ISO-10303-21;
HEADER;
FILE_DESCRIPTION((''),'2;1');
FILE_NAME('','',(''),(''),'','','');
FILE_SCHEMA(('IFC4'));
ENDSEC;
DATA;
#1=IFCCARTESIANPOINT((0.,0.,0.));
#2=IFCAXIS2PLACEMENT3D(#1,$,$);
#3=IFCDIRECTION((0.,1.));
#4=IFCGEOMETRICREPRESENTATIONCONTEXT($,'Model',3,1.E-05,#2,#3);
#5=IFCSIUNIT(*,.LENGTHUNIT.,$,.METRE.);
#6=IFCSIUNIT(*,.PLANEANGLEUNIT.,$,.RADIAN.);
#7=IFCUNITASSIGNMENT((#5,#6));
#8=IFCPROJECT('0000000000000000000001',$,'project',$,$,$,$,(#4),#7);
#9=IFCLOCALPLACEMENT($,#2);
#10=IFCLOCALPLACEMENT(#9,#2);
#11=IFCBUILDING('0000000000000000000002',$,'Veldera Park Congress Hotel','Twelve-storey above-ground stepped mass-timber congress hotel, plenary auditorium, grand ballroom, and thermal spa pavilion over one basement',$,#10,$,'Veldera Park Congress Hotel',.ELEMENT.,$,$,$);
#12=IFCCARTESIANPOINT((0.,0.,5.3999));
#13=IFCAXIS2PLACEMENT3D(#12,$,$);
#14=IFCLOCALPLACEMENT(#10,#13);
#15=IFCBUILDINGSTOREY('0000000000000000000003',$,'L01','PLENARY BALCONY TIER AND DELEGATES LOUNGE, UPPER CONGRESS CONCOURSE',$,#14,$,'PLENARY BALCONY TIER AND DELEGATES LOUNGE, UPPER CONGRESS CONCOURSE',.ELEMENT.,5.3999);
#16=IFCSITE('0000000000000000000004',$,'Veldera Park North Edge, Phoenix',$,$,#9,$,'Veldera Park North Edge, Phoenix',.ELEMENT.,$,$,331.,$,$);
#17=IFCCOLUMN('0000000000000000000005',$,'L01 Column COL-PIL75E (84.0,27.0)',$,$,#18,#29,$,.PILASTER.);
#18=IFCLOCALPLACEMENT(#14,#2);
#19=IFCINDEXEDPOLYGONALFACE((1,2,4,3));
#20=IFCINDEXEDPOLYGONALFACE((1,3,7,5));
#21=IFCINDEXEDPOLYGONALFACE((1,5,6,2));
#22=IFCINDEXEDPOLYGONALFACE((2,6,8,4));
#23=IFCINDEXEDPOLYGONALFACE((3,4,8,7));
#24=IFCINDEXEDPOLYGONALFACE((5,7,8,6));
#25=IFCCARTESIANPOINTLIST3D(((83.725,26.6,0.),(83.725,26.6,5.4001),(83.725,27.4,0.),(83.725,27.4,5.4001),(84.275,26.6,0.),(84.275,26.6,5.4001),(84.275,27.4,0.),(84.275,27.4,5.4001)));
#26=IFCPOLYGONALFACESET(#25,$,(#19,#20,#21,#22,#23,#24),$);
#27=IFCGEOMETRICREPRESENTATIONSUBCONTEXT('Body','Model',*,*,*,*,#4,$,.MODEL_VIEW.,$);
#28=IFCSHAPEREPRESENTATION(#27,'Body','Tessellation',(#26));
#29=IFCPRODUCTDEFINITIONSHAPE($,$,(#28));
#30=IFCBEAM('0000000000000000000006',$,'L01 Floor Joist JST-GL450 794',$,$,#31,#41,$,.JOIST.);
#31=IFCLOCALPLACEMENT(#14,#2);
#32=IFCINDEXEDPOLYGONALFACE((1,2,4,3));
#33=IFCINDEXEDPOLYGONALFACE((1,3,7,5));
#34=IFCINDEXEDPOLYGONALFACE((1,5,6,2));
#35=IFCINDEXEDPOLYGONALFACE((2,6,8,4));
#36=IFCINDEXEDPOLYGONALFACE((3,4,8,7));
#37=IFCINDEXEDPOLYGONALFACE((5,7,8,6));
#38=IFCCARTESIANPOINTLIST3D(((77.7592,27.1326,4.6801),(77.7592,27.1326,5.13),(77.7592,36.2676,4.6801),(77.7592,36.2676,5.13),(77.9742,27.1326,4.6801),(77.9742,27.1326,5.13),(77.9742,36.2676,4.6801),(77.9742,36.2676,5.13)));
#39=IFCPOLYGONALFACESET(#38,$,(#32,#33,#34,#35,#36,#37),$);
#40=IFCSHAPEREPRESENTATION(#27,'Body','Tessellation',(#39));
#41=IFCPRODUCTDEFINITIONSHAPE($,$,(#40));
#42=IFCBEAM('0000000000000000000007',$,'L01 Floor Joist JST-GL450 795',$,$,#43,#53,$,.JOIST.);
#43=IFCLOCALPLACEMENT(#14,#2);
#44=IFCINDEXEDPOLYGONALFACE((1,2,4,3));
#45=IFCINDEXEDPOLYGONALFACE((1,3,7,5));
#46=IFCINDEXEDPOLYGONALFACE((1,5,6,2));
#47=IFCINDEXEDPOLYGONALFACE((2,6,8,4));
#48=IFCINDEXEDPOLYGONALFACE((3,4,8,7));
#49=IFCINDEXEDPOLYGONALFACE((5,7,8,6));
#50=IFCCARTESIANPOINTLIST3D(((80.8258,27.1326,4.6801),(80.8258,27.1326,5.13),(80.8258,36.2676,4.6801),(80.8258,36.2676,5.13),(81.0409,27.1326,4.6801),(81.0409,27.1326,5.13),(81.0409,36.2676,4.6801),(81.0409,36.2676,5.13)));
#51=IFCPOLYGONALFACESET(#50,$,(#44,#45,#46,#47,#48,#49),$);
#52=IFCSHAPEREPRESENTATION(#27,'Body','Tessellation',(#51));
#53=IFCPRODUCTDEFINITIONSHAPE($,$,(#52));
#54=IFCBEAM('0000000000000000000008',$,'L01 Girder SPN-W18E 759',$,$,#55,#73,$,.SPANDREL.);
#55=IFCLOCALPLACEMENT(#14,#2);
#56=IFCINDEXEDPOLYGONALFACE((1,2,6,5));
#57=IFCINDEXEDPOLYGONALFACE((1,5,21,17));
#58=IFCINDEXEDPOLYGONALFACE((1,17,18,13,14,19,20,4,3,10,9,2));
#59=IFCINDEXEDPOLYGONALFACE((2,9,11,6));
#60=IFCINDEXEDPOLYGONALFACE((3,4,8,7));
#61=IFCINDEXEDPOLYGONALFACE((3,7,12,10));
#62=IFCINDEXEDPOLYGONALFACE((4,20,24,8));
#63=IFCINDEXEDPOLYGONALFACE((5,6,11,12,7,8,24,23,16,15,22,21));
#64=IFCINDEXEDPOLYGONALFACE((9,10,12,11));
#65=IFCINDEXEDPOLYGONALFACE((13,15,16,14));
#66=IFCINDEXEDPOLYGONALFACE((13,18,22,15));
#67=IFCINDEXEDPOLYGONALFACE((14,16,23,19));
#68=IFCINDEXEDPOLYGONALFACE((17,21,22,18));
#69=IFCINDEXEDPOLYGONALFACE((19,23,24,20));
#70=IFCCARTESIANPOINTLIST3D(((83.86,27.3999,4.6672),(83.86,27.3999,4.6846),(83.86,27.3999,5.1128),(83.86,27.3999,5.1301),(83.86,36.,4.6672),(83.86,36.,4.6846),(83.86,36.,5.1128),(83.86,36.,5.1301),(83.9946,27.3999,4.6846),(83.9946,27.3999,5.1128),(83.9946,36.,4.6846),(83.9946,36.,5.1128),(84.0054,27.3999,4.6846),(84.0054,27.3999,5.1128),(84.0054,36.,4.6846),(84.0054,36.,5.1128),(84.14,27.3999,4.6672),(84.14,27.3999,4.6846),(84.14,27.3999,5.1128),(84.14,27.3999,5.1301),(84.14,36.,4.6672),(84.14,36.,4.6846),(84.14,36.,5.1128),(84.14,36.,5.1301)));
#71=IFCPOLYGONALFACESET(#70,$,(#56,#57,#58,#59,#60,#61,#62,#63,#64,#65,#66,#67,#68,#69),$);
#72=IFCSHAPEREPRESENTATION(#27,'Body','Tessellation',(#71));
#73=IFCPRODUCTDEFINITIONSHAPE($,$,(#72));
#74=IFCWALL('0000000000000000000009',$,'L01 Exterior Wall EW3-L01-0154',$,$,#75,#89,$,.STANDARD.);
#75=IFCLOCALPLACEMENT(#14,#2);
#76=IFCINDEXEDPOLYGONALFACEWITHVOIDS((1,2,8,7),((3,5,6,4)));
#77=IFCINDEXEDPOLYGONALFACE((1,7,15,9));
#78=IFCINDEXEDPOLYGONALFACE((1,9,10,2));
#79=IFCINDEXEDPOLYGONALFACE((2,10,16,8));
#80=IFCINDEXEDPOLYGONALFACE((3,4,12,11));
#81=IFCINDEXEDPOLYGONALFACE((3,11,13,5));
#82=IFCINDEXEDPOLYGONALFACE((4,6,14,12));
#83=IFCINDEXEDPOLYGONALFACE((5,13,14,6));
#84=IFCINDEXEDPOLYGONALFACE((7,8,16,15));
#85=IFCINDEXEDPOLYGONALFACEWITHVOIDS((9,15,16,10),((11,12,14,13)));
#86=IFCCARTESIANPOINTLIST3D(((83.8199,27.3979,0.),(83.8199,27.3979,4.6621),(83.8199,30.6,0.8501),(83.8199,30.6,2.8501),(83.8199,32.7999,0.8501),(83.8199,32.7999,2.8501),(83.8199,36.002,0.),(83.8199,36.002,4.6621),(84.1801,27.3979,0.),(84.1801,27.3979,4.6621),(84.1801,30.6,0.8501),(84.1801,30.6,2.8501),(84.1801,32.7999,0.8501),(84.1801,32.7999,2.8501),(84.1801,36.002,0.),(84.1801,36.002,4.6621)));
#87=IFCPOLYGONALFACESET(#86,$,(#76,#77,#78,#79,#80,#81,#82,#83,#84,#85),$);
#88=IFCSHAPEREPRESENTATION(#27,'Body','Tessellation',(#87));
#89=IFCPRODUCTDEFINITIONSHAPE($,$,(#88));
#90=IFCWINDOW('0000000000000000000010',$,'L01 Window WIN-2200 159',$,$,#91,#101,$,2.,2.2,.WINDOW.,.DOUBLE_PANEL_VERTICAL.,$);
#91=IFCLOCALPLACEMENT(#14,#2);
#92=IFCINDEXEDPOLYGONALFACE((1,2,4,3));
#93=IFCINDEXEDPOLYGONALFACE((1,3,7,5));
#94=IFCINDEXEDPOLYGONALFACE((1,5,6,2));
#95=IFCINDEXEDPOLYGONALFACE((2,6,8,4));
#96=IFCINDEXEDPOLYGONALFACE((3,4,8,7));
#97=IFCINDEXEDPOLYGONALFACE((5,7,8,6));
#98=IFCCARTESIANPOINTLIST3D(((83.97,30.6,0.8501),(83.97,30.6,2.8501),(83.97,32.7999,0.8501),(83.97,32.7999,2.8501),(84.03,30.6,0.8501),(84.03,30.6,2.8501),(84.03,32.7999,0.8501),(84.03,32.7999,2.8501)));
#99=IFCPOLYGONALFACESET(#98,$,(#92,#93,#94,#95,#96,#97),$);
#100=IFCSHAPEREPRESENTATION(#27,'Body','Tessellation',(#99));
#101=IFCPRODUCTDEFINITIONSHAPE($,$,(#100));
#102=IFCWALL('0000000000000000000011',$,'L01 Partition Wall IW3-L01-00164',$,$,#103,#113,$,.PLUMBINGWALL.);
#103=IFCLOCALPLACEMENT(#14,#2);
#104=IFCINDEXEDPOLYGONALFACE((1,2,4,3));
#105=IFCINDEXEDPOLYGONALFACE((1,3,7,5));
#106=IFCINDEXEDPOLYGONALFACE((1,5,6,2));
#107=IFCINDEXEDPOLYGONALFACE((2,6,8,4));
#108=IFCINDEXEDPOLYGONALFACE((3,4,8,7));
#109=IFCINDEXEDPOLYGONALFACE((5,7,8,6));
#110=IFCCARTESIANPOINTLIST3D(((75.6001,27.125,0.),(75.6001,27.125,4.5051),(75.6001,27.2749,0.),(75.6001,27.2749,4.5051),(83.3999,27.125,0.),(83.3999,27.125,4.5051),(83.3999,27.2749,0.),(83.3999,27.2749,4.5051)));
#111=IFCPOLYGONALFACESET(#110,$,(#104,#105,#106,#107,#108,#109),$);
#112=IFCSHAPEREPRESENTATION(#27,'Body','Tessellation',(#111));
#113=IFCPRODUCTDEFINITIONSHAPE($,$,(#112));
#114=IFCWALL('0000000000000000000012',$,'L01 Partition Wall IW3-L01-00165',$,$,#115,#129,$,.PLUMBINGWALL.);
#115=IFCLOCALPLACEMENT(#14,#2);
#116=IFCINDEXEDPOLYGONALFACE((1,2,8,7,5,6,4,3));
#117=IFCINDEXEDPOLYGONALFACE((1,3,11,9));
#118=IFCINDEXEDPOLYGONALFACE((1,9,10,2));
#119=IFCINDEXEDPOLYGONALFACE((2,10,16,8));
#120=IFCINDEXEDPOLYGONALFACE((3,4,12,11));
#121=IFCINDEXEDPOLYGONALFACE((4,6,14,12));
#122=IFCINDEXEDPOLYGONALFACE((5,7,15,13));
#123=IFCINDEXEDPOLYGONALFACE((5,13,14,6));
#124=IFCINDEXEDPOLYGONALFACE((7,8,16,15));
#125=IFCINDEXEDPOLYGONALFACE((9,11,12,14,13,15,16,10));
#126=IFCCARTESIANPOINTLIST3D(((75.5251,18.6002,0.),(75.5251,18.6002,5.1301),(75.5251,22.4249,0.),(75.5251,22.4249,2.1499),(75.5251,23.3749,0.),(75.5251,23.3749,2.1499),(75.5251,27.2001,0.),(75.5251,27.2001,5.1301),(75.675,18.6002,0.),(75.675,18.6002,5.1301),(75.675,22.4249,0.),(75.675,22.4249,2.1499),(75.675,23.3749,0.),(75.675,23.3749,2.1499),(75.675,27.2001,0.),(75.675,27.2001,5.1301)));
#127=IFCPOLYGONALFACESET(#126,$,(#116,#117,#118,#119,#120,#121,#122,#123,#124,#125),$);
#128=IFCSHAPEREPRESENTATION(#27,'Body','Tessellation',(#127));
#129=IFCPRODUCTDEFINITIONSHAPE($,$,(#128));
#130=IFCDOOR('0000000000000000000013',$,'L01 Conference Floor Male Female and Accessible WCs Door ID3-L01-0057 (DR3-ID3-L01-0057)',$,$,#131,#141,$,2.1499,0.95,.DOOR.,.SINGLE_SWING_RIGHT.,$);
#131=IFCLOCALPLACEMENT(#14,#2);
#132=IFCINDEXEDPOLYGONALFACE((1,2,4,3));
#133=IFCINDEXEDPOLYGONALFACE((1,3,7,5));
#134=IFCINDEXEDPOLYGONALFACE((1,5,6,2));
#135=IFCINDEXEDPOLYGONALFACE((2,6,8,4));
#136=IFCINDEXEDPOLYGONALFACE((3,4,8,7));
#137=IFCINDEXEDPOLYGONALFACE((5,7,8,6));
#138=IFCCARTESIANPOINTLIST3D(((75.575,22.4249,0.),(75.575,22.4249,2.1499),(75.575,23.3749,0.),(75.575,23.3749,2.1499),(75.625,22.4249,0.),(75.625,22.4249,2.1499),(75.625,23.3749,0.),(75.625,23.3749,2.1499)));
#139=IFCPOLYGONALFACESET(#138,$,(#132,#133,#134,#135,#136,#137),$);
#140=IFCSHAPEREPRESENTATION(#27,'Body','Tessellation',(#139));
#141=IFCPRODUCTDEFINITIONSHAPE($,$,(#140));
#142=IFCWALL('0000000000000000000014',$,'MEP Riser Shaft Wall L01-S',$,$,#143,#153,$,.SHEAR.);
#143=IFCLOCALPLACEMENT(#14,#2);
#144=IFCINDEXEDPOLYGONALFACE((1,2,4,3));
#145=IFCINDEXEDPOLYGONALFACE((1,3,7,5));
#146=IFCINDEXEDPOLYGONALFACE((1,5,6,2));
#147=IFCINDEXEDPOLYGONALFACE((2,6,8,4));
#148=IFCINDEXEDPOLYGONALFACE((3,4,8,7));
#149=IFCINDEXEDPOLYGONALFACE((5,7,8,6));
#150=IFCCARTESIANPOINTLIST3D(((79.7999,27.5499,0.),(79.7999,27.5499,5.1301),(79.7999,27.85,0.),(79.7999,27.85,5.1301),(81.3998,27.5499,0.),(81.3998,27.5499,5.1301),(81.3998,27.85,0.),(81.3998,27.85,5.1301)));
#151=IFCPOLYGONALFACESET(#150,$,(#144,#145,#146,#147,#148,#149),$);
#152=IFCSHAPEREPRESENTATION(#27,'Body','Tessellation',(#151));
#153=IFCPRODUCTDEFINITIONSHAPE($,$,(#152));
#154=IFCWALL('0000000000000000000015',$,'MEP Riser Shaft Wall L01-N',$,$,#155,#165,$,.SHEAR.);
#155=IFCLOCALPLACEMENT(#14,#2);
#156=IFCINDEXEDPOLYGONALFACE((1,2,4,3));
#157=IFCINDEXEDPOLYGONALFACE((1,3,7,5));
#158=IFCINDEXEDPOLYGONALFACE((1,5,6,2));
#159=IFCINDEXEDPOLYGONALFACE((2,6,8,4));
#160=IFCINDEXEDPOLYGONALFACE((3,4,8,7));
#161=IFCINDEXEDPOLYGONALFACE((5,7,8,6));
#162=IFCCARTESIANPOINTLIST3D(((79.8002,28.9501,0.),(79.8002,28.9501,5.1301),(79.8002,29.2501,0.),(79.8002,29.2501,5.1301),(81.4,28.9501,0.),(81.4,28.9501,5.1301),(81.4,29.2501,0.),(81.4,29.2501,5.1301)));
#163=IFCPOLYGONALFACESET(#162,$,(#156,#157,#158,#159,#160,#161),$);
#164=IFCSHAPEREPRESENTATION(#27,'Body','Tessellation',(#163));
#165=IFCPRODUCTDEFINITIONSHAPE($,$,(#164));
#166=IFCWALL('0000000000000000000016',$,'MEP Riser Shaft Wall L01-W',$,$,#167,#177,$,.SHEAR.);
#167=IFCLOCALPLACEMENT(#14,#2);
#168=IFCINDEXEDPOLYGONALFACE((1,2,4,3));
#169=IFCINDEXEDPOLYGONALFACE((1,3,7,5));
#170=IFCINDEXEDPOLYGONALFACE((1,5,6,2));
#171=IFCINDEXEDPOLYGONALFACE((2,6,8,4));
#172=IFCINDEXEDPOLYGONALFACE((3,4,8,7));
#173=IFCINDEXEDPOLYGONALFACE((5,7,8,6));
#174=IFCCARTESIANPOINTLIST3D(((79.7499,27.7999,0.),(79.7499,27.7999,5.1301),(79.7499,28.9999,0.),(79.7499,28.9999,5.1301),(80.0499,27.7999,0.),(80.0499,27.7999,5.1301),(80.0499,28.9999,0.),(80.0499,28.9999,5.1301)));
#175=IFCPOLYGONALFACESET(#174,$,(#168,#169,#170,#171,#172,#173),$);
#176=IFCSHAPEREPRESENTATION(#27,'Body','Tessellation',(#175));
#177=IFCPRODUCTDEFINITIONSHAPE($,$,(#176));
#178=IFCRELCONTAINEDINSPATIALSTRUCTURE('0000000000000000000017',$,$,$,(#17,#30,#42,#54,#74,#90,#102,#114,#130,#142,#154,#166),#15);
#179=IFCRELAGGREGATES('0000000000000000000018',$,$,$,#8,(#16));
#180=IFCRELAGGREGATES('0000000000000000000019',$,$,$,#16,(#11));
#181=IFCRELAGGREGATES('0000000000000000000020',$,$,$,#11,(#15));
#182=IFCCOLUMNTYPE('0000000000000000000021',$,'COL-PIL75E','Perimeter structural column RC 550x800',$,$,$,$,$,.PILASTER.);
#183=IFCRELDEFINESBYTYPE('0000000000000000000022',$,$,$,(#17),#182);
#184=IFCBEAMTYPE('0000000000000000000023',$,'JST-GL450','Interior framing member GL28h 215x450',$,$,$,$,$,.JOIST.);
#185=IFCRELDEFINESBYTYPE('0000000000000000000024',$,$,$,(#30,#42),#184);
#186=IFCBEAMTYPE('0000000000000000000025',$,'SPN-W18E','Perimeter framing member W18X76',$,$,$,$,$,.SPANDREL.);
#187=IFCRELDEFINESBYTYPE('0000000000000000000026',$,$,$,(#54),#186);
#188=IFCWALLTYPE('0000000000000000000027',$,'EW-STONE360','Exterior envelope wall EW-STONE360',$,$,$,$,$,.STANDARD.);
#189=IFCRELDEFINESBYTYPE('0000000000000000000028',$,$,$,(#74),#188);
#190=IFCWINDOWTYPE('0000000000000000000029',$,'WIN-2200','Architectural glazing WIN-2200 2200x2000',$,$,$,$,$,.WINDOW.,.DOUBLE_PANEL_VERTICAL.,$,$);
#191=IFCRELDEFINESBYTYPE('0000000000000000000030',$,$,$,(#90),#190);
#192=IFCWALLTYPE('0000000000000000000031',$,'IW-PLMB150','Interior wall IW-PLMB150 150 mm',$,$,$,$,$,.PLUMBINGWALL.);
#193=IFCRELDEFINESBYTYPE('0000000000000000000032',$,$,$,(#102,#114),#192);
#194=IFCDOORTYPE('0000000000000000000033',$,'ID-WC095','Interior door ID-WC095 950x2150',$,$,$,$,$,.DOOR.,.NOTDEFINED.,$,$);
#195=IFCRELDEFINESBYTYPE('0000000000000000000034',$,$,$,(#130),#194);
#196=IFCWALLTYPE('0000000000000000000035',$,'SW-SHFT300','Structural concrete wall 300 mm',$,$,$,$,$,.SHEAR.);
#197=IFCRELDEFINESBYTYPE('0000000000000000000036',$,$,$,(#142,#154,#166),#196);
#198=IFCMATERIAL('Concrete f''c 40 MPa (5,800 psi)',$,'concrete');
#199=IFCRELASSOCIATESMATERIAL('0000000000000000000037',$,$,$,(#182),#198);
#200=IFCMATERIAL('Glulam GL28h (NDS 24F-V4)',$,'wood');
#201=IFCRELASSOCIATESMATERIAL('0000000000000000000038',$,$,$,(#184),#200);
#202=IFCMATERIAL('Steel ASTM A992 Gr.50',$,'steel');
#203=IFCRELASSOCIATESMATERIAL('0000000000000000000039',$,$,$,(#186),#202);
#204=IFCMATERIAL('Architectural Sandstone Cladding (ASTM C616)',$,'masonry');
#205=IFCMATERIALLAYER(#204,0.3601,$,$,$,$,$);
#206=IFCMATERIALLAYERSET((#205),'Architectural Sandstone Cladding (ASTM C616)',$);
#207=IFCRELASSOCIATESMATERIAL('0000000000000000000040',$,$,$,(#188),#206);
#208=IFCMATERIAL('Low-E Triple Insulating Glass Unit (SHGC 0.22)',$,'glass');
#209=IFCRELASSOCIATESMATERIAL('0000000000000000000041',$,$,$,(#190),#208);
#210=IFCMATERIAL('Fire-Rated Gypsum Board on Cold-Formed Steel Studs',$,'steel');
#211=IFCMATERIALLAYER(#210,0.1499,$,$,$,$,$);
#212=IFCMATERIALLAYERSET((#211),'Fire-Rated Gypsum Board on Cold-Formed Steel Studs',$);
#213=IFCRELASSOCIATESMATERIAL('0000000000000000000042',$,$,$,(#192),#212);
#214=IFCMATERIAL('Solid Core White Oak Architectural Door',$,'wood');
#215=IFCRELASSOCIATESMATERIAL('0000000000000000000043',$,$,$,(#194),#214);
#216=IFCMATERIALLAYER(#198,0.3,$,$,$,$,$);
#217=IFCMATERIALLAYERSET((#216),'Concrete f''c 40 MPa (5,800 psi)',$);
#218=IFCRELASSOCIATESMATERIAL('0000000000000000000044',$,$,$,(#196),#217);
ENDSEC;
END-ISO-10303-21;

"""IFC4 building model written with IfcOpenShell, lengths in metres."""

from ifc_helpers import new_model, si_unit, direction, frame, frame_2d, origin, origin_2d, place, context, subcontext, project, spatial, rectangle, i_section, extrude, material, layer, layer_set, material_profile, profile_set, type_object, element, fill, save


model = new_model("IFC4")

# Units and contexts
model_context = context("Model", 3, precision=1e-05, world=origin(), true_north=direction((0.0, 1.0)))
body_context = subcontext(model_context, "Body", "Model", "MODEL_VIEW")
ifc_project = project(units=[si_unit("LENGTHUNIT", "METRE"), si_unit("PLANEANGLEUNIT", "RADIAN")], contexts=[model_context])

# Site, building, storey
site_placement = place(None, origin())
site = spatial("IfcSite", under=ifc_project, at=site_placement, Name="Veldera Park North Edge, Phoenix", LongName="Veldera Park North Edge, Phoenix", CompositionType="ELEMENT", RefElevation=331.0)
building_placement = place(site_placement, origin())
building = spatial("IfcBuilding", under=site, at=building_placement, Name="Veldera Park Congress Hotel", Description="Twelve-storey above-ground stepped mass-timber congress hotel, plenary auditorium, grand ballroom, and thermal spa pavilion over one basement", LongName="Veldera Park Congress Hotel", CompositionType="ELEMENT")
storey_placement = place(building_placement, frame((0.0, 0.0, 5.3999)))
storey = spatial("IfcBuildingStorey", under=building, at=storey_placement, Name="L01", Description="PLENARY BALCONY TIER AND DELEGATES LOUNGE, UPPER CONGRESS CONCOURSE", LongName="PLENARY BALCONY TIER AND DELEGATES LOUNGE, UPPER CONGRESS CONCOURSE", CompositionType="ELEMENT", Elevation=5.3999)

# Column
ifc_material_1 = material(Name="Concrete f'c 40 MPa (5,800 psi)", Category="concrete")
ifc_material_profile_1 = material_profile(ifc_material_1, rectangle(XDim=0.55, YDim=0.8, at=origin_2d()), Name="RC 550x800")
ifc_profile_set_1 = profile_set([ifc_material_profile_1], Name="Concrete f'c 40 MPa (5,800 psi)")
column_type = type_object("IfcColumnType", Name="COL-PIL75E", Description="Perimeter structural column RC 550x800", PredefinedType="PILASTER", material=ifc_profile_set_1)
column_placement = place(storey_placement, frame((84.0, 27.0, 0.0), z_axis=(0.0, 0.0, 1.0), x_axis=(1.0, 0.0, 0.0)))
element("IfcColumn", 1, at=column_placement, inside=storey, type_object=column_type, Name="L01 Column COL-PIL75E (84.0,27.0)", PredefinedType="PILASTER", context=body_context, shape_type="SweptSolid", body=[
    extrude(rectangle(XDim=0.55, YDim=0.8, at=origin_2d()), origin(), (0.0, 0.0, 1.0), 5.4001),
])

# Beams
ifc_material_2 = material(Name="Glulam GL28h (NDS 24F-V4)", Category="wood")
ifc_material_profile_2 = material_profile(ifc_material_2, rectangle(XDim=0.2151, YDim=0.45, at=origin_2d()), Name="GL28h 215x450")
ifc_profile_set_2 = profile_set([ifc_material_profile_2], Name="Glulam GL28h (NDS 24F-V4)")
beam_type_1 = type_object("IfcBeamType", Name="JST-GL450", Description="Interior framing member GL28h 215x450", PredefinedType="JOIST", material=ifc_profile_set_2)
for number, where, z_axis, x_axis, name in (
    (2, (77.8667, 27.1326, 4.905), (0.0, 1.0, 0.0), (-1.0, 0.0, 0.0), "L01 Floor Joist JST-GL450 794"),
    (3, (80.9333, 27.1326, 4.905), (0.0, 1.0, 0.0), (-1.0, 0.0, 0.0), "L01 Floor Joist JST-GL450 795"),
):
    element("IfcBeam", number, at=place(storey_placement, frame(where, z_axis=z_axis, x_axis=x_axis)), inside=storey, type_object=beam_type_1, Name=name, PredefinedType="JOIST", context=body_context, shape_type="SweptSolid", body=[
        extrude(rectangle(XDim=0.2151, YDim=0.45, at=origin_2d()), origin(), (0.0, 0.0, 1.0), 9.135),
    ])
ifc_material_3 = material(Name="Steel ASTM A992 Gr.50", Category="steel")
ifc_material_profile_3 = material_profile(ifc_material_3, i_section(OverallWidth=0.28, OverallDepth=0.4629, WebThickness=0.0107, FlangeThickness=0.0173, at=origin_2d()), Name="W18X76")
ifc_profile_set_3 = profile_set([ifc_material_profile_3], Name="Steel ASTM A992 Gr.50")
beam_type_2 = type_object("IfcBeamType", Name="SPN-W18E", Description="Perimeter framing member W18X76", PredefinedType="SPANDREL", material=ifc_profile_set_3)
beam_placement = place(storey_placement, frame((84.0, 27.3999, 4.8987), z_axis=(0.0, 1.0, 0.0), x_axis=(-1.0, 0.0, 0.0)))
element("IfcBeam", 4, at=beam_placement, inside=storey, type_object=beam_type_2, Name="L01 Girder SPN-W18E 759", PredefinedType="SPANDREL", context=body_context, shape_type="SweptSolid", body=[
    extrude(i_section(OverallWidth=0.28, OverallDepth=0.4629, WebThickness=0.0107, FlangeThickness=0.0173, at=origin_2d()), origin(), (0.0, 0.0, 1.0), 8.6001),
])

# Wall, opening, window
ifc_material_4 = material(Name="Architectural Sandstone Cladding (ASTM C616)", Category="masonry")
ifc_layer_1 = layer(ifc_material_4, 0.3601)
ifc_layer_set_1 = layer_set([ifc_layer_1], Name="Architectural Sandstone Cladding (ASTM C616)")
wall_type_1 = type_object("IfcWallType", Name="EW-STONE360", Description="Exterior envelope wall EW-STONE360", PredefinedType="STANDARD", material=ifc_layer_set_1)
wall_1_placement = place(storey_placement, frame((84.0, 27.3979, 0.0), z_axis=(0.0, 0.0, 1.0), x_axis=(0.0, 1.0, 0.0)))
wall_1 = element("IfcWall", 5, at=wall_1_placement, inside=storey, type_object=wall_type_1, Name="L01 Exterior Wall EW3-L01-0154", PredefinedType="STANDARD", context=body_context, shape_type="SweptSolid", body=[
    extrude(rectangle(XDim=8.604, YDim=0.3601, at=frame_2d((4.302, 0.0))), origin(), (0.0, 0.0, 1.0), 4.6621),
])
opening_1_placement = place(wall_1_placement, frame((3.2019, 0.0, 0.8501)))
opening_1 = element("IfcOpeningElement", 6, at=opening_1_placement, cuts=wall_1, PredefinedType="OPENING", context=body_context, shape_type="SweptSolid", body=[
    extrude(rectangle(XDim=2.2, YDim=2.0, at=frame_2d((1.1001, 1.0))), frame((0.0, 0.1921, 0.0), z_axis=(0.0, -1.0, 0.0), x_axis=(1.0, 0.0, 0.0)), (0.0, 0.0, 1.0), 0.384),
])
ifc_material_5 = material(Name="Low-E Triple Insulating Glass Unit (SHGC 0.22)", Category="glass")
window_type = type_object("IfcWindowType", Name="WIN-2200", Description="Architectural glazing WIN-2200 2200x2000", PartitioningType="DOUBLE_PANEL_VERTICAL", PredefinedType="WINDOW", material=ifc_material_5)
window_placement = place(opening_1_placement, origin())
window = element("IfcWindow", 7, at=window_placement, inside=storey, type_object=window_type, Name="L01 Window WIN-2200 159", OverallHeight=2.0, OverallWidth=2.2, PartitioningType="DOUBLE_PANEL_VERTICAL", PredefinedType="WINDOW", context=body_context, shape_type="SweptSolid", body=[
    extrude(rectangle(XDim=2.2, YDim=2.0, at=frame_2d((1.1001, 1.0))), frame((0.0, 0.03, 0.0), z_axis=(0.0, -1.0, 0.0), x_axis=(1.0, 0.0, 0.0)), (0.0, 0.0, 1.0), 0.0601),
])
fill(opening_1, window)

# Wall
ifc_material_6 = material(Name="Fire-Rated Gypsum Board on Cold-Formed Steel Studs", Category="steel")
ifc_layer_2 = layer(ifc_material_6, 0.1499)
ifc_layer_set_2 = layer_set([ifc_layer_2], Name="Fire-Rated Gypsum Board on Cold-Formed Steel Studs")
wall_type_2 = type_object("IfcWallType", Name="IW-PLMB150", Description="Interior wall IW-PLMB150 150 mm", PredefinedType="PLUMBINGWALL", material=ifc_layer_set_2)
wall_2_placement = place(storey_placement, frame((83.3999, 27.2, 0.0), z_axis=(0.0, 0.0, 1.0), x_axis=(-1.0, 0.0, 0.0)))
element("IfcWall", 8, at=wall_2_placement, inside=storey, type_object=wall_type_2, Name="L01 Partition Wall IW3-L01-00164", PredefinedType="PLUMBINGWALL", context=body_context, shape_type="SweptSolid", body=[
    extrude(rectangle(XDim=7.7998, YDim=0.1499, at=frame_2d((3.8999, 0.0))), origin(), (0.0, 0.0, 1.0), 4.5051),
])

# Wall, opening, door
wall_3_placement = place(storey_placement, frame((75.6001, 27.2, 0.0), z_axis=(0.0, 0.0, 1.0), x_axis=(0.0, -1.0, 0.0)))
wall_3 = element("IfcWall", 9, at=wall_3_placement, inside=storey, type_object=wall_type_2, Name="L01 Partition Wall IW3-L01-00165", PredefinedType="PLUMBINGWALL", context=body_context, shape_type="SweptSolid", body=[
    extrude(rectangle(XDim=8.5999, YDim=0.1499, at=frame_2d((4.2998, 0.0))), origin(), (0.0, 0.0, 1.0), 5.1301),
])
opening_2_placement = place(wall_3_placement, frame((3.825, 0.0, 0.0)))
opening_2 = element("IfcOpeningElement", 10, at=opening_2_placement, cuts=wall_3, PredefinedType="OPENING", context=body_context, shape_type="SweptSolid", body=[
    extrude(rectangle(XDim=0.95, YDim=2.1499, at=frame_2d((0.4751, 1.075))), frame((0.0, 0.0869, 0.0), z_axis=(0.0, -1.0, 0.0), x_axis=(1.0, 0.0, 0.0)), (0.0, 0.0, 1.0), 0.1738),
])
ifc_material_7 = material(Name="Solid Core White Oak Architectural Door", Category="wood")
door_type_1 = type_object("IfcDoorType", Name="ID-WC095", Description="Interior door ID-WC095 950x2150", OperationType="NOTDEFINED", PredefinedType="DOOR", material=ifc_material_7)
door_1_placement = place(opening_2_placement, origin())
door_1 = element("IfcDoor", 11, at=door_1_placement, inside=storey, type_object=door_type_1, Name="L01 Conference Floor Male Female and Accessible WCs Door ID3-L01-0057 (DR3-ID3-L01-0057)", OperationType="SINGLE_SWING_RIGHT", OverallHeight=2.1499, OverallWidth=0.95, PredefinedType="DOOR", context=body_context, shape_type="SweptSolid", body=[
    extrude(rectangle(XDim=0.95, YDim=2.1499, at=frame_2d((0.4751, 1.075))), frame((0.0, 0.0249, 0.0), z_axis=(0.0, -1.0, 0.0), x_axis=(1.0, 0.0, 0.0)), (0.0, 0.0, 1.0), 0.05),
])
fill(opening_2, door_1)

# Walls
ifc_layer_3 = layer(ifc_material_1, 0.3)
ifc_layer_set_3 = layer_set([ifc_layer_3], Name="Concrete f'c 40 MPa (5,800 psi)")
wall_type_3 = type_object("IfcWallType", Name="SW-SHFT300", Description="Structural concrete wall 300 mm", PredefinedType="SHEAR", material=ifc_layer_set_3)
for number, where, z_axis, x_axis, name in (
    (12, (79.8, 27.7, 0.0), (0.0, 0.0, 1.0), (1.0, 0.0, 0.0), "MEP Riser Shaft Wall L01-S"),
    (13, (81.3999, 29.1001, 0.0), (0.0, 0.0, 1.0), (-1.0, 0.0, 0.0), "MEP Riser Shaft Wall L01-N"),
):
    element("IfcWall", number, at=place(storey_placement, frame(where, z_axis=z_axis, x_axis=x_axis)), inside=storey, type_object=wall_type_3, Name=name, PredefinedType="SHEAR", context=body_context, shape_type="SweptSolid", body=[
        extrude(rectangle(XDim=1.5999, YDim=0.3, at=frame_2d((0.7998, 0.0))), origin(), (0.0, 0.0, 1.0), 5.1301),
    ])
for number, where, z_axis, x_axis, name in (
    (14, (79.8999, 29.0, 0.0), (0.0, 0.0, 1.0), (0.0, -1.0, 0.0), "MEP Riser Shaft Wall L01-W"),
):
    element("IfcWall", number, at=place(storey_placement, frame(where, z_axis=z_axis, x_axis=x_axis)), inside=storey, type_object=wall_type_3, Name=name, PredefinedType="SHEAR", context=body_context, shape_type="SweptSolid", body=[
        extrude(rectangle(XDim=1.2, YDim=0.3, at=frame_2d((0.6001, 0.0))), origin(), (0.0, 0.0, 1.0), 5.1301),
    ])

save(model, "model.ifc")
